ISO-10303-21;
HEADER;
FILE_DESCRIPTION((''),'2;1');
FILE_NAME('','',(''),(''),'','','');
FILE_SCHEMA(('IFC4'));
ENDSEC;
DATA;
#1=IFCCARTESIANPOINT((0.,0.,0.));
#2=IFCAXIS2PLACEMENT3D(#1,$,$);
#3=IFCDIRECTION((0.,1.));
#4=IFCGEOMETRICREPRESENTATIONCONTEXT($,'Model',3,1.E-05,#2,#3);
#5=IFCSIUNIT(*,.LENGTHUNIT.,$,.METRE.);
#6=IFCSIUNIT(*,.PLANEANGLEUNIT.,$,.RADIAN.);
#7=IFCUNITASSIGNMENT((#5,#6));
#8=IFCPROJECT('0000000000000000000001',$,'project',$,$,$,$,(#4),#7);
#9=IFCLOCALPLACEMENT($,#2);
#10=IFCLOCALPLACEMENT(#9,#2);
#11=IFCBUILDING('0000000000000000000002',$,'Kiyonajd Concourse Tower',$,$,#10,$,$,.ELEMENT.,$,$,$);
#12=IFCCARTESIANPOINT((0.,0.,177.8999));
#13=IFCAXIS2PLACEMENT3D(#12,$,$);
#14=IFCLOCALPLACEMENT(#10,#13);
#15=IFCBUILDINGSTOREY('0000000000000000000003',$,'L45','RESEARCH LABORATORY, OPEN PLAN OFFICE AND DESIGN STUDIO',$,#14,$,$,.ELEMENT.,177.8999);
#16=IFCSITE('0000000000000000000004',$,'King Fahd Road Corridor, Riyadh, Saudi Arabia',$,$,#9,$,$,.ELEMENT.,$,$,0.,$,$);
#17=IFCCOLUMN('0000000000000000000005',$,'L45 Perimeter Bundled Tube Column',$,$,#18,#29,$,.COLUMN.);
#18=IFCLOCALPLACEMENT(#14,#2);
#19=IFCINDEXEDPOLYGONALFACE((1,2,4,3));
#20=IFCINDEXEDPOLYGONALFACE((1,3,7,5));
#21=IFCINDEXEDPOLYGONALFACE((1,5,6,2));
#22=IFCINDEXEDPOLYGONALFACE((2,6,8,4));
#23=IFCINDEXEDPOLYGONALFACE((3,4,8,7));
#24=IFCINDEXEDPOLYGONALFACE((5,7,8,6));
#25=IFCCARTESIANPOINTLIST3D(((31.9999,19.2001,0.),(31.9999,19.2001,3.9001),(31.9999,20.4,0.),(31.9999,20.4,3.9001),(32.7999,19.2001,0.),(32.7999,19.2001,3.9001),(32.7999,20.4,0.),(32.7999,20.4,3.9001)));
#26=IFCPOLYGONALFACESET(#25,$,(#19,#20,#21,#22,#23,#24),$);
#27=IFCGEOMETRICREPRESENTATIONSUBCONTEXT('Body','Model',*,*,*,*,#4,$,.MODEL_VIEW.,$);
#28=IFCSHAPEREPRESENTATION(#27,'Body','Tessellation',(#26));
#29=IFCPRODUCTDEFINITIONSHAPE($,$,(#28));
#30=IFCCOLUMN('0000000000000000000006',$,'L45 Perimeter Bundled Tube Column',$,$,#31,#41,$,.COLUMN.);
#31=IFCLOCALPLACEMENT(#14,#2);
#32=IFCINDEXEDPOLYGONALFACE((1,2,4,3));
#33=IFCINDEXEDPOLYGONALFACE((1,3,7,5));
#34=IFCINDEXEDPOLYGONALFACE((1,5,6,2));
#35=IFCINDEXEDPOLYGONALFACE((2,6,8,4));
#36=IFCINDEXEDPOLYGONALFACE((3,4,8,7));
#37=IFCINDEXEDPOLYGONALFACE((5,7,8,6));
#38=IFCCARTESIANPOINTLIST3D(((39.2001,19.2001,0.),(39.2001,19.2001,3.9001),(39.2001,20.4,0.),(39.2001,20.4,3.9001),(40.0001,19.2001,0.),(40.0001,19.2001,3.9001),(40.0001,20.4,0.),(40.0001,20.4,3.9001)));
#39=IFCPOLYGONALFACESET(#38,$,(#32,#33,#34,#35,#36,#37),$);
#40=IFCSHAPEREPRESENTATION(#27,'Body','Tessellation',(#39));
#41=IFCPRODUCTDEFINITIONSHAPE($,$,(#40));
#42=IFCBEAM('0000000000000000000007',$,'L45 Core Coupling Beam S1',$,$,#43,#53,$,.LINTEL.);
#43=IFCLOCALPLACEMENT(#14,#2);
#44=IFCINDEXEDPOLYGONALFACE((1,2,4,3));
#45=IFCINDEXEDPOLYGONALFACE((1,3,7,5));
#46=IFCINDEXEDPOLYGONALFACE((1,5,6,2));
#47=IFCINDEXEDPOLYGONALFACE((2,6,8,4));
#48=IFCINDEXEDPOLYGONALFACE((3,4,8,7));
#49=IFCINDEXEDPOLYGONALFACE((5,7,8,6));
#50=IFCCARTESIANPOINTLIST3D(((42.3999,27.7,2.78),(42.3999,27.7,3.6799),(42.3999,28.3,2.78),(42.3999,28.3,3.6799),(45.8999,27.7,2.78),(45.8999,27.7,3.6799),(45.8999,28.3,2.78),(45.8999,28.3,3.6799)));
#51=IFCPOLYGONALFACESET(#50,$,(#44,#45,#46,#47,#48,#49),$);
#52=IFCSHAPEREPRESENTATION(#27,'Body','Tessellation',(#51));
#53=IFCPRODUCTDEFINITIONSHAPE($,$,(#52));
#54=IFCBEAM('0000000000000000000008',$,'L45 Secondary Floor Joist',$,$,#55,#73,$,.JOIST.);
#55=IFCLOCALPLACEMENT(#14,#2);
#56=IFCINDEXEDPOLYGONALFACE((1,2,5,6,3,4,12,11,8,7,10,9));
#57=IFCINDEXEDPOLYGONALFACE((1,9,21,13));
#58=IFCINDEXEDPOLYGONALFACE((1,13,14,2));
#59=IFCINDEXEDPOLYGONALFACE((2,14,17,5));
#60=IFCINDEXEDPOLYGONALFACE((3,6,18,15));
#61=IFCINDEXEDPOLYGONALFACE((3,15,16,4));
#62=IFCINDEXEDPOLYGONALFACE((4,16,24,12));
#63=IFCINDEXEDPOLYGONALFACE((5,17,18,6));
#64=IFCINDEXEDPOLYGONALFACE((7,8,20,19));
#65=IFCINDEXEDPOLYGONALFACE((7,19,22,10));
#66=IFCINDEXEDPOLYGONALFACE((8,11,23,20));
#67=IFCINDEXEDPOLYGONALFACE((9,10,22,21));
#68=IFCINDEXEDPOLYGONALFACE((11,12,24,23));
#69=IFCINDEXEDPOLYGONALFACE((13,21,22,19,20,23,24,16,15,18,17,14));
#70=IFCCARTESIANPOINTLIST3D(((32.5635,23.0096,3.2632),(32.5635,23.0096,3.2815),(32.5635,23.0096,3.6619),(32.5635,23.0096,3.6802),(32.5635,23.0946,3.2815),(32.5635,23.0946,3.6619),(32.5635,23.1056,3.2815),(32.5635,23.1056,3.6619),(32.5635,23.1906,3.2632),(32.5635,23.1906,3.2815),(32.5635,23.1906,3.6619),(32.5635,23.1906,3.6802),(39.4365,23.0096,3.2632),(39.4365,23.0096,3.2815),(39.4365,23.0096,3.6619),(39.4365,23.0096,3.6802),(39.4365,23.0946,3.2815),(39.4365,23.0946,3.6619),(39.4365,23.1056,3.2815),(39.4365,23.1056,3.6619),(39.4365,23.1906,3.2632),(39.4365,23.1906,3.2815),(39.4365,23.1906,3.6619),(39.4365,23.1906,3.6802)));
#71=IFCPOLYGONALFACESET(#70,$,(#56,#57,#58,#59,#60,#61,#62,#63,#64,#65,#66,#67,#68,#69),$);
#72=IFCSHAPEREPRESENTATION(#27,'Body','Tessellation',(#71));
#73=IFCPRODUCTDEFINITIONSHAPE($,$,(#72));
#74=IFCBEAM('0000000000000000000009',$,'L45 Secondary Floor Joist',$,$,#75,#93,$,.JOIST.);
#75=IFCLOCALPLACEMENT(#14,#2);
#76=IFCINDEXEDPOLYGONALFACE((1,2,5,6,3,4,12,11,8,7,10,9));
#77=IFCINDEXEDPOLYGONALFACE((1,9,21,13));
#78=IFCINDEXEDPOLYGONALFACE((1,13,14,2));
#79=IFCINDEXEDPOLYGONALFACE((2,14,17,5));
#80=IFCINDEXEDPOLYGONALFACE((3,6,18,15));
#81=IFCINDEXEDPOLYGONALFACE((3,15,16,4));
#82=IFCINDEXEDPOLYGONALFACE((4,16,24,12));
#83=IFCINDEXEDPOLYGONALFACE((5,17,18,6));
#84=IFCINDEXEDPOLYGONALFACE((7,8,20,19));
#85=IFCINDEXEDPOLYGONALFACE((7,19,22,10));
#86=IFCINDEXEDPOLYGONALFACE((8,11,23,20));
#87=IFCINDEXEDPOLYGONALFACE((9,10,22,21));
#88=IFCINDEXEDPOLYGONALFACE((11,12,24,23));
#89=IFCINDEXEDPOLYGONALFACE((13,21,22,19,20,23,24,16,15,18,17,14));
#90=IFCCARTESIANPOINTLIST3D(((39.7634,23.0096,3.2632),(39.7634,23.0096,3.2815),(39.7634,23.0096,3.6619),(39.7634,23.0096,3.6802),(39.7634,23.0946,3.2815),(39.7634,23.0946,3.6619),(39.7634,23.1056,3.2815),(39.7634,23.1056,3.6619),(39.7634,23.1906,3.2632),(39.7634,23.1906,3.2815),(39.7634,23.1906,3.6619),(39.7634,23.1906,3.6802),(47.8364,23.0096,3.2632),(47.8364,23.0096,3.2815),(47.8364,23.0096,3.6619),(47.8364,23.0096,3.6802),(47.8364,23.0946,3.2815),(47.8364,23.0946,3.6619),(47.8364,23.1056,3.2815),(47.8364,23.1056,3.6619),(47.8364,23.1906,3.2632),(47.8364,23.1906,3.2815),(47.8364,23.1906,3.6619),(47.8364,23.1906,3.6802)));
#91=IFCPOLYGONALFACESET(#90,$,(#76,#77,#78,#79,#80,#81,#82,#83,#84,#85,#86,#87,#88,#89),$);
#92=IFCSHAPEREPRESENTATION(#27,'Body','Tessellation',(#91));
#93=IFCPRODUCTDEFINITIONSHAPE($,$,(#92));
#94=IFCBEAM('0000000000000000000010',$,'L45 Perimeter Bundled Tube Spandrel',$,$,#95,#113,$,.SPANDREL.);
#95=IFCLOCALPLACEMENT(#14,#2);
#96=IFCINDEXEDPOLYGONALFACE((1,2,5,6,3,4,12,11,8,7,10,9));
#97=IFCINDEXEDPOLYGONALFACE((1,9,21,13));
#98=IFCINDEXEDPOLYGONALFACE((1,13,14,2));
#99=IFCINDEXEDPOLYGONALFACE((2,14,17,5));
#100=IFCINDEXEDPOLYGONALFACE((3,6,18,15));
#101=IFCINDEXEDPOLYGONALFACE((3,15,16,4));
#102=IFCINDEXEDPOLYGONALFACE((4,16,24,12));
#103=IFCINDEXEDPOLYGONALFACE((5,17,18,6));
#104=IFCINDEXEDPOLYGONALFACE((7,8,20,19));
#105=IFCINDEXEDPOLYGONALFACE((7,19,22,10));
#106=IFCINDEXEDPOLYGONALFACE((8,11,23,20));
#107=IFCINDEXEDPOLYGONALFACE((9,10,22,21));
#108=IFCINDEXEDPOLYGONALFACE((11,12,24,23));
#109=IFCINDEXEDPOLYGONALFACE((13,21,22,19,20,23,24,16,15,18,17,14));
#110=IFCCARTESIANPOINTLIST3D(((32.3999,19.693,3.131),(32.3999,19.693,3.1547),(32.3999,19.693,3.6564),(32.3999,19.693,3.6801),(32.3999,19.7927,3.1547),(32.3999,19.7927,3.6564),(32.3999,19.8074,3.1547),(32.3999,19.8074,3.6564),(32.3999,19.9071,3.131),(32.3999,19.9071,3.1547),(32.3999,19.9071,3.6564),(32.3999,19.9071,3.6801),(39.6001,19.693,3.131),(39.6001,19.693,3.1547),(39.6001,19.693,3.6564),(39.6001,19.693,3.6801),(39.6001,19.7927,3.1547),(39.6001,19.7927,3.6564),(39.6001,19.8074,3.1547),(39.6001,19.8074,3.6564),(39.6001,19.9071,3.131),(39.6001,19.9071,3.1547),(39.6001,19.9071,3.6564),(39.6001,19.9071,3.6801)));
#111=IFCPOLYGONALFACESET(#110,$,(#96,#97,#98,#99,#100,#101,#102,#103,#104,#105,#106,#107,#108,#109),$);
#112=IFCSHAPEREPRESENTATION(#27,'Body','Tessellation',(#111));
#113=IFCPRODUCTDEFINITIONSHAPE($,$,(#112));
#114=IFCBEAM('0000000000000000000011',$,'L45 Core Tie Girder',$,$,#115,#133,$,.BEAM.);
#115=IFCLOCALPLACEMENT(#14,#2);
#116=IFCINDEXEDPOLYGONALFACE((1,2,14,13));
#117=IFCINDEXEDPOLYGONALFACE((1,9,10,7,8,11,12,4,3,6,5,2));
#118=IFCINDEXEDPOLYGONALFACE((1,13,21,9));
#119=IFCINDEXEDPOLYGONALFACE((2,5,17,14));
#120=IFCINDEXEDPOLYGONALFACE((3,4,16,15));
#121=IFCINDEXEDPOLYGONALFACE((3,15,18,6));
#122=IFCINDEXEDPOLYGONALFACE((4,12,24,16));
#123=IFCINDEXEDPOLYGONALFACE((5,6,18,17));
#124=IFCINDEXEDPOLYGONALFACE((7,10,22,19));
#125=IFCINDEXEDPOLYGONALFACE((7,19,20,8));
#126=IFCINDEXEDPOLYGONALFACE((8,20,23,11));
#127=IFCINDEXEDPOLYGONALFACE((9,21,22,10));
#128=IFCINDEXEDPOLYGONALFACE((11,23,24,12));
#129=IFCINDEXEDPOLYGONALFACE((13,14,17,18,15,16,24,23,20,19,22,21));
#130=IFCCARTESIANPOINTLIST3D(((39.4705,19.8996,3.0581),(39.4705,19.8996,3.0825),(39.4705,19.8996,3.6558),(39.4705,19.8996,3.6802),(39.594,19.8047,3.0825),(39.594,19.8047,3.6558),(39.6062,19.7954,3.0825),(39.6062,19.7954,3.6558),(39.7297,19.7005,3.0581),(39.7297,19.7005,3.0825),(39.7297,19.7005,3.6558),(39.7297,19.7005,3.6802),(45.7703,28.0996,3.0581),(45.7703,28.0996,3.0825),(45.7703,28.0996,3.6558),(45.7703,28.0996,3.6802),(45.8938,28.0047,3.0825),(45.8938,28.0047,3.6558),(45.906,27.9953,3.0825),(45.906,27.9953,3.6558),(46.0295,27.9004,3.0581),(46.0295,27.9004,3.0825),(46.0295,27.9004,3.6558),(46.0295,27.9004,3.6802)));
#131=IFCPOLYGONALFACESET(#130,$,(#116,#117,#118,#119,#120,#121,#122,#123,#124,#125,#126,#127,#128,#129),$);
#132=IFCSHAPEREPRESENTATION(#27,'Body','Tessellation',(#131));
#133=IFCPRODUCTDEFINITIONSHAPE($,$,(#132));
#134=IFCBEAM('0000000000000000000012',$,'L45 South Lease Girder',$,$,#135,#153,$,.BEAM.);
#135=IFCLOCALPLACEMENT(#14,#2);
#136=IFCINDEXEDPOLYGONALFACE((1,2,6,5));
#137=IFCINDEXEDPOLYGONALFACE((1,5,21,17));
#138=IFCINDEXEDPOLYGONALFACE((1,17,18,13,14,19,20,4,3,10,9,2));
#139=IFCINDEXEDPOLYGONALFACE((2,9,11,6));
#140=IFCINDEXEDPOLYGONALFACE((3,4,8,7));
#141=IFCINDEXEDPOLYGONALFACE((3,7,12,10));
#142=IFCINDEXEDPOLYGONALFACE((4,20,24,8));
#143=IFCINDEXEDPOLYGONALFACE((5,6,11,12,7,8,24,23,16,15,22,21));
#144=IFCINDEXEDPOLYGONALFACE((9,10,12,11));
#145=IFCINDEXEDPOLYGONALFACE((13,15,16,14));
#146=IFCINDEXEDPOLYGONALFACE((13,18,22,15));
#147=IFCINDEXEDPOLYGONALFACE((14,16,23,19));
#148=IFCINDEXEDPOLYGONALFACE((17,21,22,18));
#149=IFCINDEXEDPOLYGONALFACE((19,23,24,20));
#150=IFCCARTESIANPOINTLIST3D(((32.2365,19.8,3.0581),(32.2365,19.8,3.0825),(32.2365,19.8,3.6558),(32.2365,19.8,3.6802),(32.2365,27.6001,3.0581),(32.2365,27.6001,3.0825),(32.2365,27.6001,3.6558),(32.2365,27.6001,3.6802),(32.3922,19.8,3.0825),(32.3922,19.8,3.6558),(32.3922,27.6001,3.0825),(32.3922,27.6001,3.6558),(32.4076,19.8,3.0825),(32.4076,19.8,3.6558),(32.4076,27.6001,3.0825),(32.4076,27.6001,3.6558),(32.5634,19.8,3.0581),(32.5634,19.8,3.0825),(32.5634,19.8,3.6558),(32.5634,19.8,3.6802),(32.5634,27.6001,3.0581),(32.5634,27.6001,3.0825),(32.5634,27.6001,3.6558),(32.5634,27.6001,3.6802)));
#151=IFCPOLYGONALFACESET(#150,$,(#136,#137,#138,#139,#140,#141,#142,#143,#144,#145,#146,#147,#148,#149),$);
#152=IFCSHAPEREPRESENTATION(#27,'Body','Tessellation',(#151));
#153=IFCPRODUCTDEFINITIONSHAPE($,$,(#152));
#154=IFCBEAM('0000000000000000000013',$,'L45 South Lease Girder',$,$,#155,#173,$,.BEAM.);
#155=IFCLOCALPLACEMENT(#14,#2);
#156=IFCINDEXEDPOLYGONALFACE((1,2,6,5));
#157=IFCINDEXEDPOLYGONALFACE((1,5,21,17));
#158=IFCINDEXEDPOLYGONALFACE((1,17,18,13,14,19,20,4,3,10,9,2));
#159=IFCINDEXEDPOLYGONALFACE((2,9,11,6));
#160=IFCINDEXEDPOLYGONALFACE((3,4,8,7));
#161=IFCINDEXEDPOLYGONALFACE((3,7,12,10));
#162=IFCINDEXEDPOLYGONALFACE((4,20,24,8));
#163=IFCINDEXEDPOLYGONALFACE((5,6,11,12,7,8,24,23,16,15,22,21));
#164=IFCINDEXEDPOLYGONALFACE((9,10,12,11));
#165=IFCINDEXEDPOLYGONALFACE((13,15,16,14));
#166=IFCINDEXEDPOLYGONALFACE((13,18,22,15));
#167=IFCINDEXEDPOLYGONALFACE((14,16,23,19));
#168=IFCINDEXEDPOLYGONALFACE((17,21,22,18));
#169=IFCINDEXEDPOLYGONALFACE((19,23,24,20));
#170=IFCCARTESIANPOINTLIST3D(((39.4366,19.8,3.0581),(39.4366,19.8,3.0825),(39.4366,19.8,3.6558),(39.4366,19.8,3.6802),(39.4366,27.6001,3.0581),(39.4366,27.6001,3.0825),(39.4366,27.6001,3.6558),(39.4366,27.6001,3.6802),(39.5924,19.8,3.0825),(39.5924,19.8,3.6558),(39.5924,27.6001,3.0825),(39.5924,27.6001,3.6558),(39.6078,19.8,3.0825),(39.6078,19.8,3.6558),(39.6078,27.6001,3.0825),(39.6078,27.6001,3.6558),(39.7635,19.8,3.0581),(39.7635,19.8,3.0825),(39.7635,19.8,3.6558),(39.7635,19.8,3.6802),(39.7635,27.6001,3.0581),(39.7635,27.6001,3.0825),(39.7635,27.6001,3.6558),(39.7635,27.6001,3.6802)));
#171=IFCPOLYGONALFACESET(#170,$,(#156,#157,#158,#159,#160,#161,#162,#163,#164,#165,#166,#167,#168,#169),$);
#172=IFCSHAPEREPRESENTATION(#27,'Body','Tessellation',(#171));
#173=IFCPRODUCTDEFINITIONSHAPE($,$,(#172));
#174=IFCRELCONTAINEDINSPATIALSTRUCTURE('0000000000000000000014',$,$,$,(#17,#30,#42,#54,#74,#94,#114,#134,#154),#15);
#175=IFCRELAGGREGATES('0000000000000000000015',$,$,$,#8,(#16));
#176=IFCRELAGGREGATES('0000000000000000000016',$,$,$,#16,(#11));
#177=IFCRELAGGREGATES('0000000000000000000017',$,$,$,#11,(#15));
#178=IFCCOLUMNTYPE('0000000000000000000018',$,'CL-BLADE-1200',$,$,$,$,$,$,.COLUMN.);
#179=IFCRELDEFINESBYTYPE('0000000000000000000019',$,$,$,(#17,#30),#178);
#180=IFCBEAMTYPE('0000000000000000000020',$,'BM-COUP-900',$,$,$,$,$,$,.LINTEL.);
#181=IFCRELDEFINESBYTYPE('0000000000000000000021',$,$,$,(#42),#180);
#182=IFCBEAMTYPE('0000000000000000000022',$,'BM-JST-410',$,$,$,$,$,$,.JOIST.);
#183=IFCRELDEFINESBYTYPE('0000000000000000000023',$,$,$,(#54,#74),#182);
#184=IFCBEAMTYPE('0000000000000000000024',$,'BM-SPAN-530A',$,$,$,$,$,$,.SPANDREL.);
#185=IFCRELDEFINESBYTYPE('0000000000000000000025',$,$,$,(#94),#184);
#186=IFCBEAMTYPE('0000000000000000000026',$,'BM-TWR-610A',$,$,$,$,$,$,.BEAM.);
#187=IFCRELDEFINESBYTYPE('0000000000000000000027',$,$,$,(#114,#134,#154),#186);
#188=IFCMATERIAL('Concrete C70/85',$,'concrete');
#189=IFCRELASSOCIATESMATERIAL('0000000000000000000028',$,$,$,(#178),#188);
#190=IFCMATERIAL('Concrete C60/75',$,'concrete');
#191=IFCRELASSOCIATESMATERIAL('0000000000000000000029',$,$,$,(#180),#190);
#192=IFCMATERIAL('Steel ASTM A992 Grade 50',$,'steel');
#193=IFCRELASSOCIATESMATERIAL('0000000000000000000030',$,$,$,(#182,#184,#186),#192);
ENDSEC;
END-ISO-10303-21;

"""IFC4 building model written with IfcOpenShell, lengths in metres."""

from ifc_helpers import new_model, si_unit, direction, frame, origin, origin_2d, place, context, subcontext, project, spatial, rectangle, i_section, extrude, material, material_profile, profile_set, type_object, element, save


model = new_model("IFC4")

# Units and contexts
model_context = context("Model", 3, precision=1e-05, world=origin(), true_north=direction((0.0, 1.0)))
body_context = subcontext(model_context, "Body", "Model", "MODEL_VIEW")
ifc_project = project(units=[si_unit("LENGTHUNIT", "METRE"), si_unit("PLANEANGLEUNIT", "RADIAN")], contexts=[model_context])

# Site, building, storey
site_placement = place(None, origin())
site = spatial("IfcSite", under=ifc_project, at=site_placement, Name="King Fahd Road Corridor, Riyadh, Saudi Arabia", CompositionType="ELEMENT", RefElevation=0.0)
building_placement = place(site_placement, origin())
building = spatial("IfcBuilding", under=site, at=building_placement, Name="Kiyonajd Concourse Tower", CompositionType="ELEMENT")
storey_placement = place(building_placement, frame((0.0, 0.0, 177.8999)))
storey = spatial("IfcBuildingStorey", under=building, at=storey_placement, Name="L45", Description="RESEARCH LABORATORY, OPEN PLAN OFFICE AND DESIGN STUDIO", CompositionType="ELEMENT", Elevation=177.8999)

# Columns
ifc_material_1 = material(Name="Concrete C70/85", Category="concrete")
ifc_material_profile_1 = material_profile(ifc_material_1, rectangle(XDim=0.8, YDim=1.2, at=origin_2d()), Name="RC-1200x800")
ifc_profile_set_1 = profile_set([ifc_material_profile_1], Name="Concrete C70/85")
column_type = type_object("IfcColumnType", Name="CL-BLADE-1200", PredefinedType="COLUMN", material=ifc_profile_set_1)
for number, where, z_axis, x_axis, name in (
    (1, (32.3999, 19.8, 0.0), (0.0, 0.0, 1.0), (1.0, 0.0, 0.0), "L45 Perimeter Bundled Tube Column"),
    (2, (39.6001, 19.8, 0.0), (0.0, 0.0, 1.0), (1.0, 0.0, 0.0), "L45 Perimeter Bundled Tube Column"),
):
    element("IfcColumn", number, at=place(storey_placement, frame(where, z_axis=z_axis, x_axis=x_axis)), inside=storey, type_object=column_type, Name=name, PredefinedType="COLUMN", context=body_context, shape_type="SweptSolid", body=[
        extrude(rectangle(XDim=0.8, YDim=1.2, at=origin_2d()), origin(), (0.0, 0.0, 1.0), 3.9001),
    ])

# Beams
ifc_material_2 = material(Name="Concrete C60/75", Category="concrete")
ifc_material_profile_2 = material_profile(ifc_material_2, rectangle(XDim=0.6001, YDim=0.8999, at=origin_2d()), Name="RCBM-600x900")
ifc_profile_set_2 = profile_set([ifc_material_profile_2], Name="Concrete C60/75")
beam_type_1 = type_object("IfcBeamType", Name="BM-COUP-900", PredefinedType="LINTEL", material=ifc_profile_set_2)
beam_1_placement = place(storey_placement, frame((42.3999, 28.0, 3.23), z_axis=(1.0, 0.0, 0.0), x_axis=(0.0, 1.0, 0.0)))
element("IfcBeam", 3, at=beam_1_placement, inside=storey, type_object=beam_type_1, Name="L45 Core Coupling Beam S1", PredefinedType="LINTEL", context=body_context, shape_type="SweptSolid", body=[
    extrude(rectangle(XDim=0.6001, YDim=0.8999, at=origin_2d()), origin(), (0.0, 0.0, 1.0), 3.5),
])
ifc_material_3 = material(Name="Steel ASTM A992 Grade 50", Category="steel")
ifc_material_profile_3 = material_profile(ifc_material_3, i_section(OverallWidth=0.1809, OverallDepth=0.417, WebThickness=0.011, FlangeThickness=0.0183, at=origin_2d()), Name="W410X85")
ifc_profile_set_3 = profile_set([ifc_material_profile_3], Name="Steel ASTM A992 Grade 50")
beam_type_2 = type_object("IfcBeamType", Name="BM-JST-410", PredefinedType="JOIST", material=ifc_profile_set_3)
beam_2_placement = place(storey_placement, frame((32.5635, 23.1001, 3.4717), z_axis=(1.0, 0.0, 0.0), x_axis=(0.0, 1.0, 0.0)))
element("IfcBeam", 4, at=beam_2_placement, inside=storey, type_object=beam_type_2, Name="L45 Secondary Floor Joist", PredefinedType="JOIST", context=body_context, shape_type="SweptSolid", body=[
    extrude(i_section(OverallWidth=0.1809, OverallDepth=0.417, WebThickness=0.011, FlangeThickness=0.0183, at=origin_2d()), origin(), (0.0, 0.0, 1.0), 6.873),
])
beam_3_placement = place(storey_placement, frame((39.7634, 23.1001, 3.4717), z_axis=(1.0, 0.0, 0.0), x_axis=(0.0, 1.0, 0.0)))
element("IfcBeam", 5, at=beam_3_placement, inside=storey, type_object=beam_type_2, Name="L45 Secondary Floor Joist", PredefinedType="JOIST", context=body_context, shape_type="SweptSolid", body=[
    extrude(i_section(OverallWidth=0.1809, OverallDepth=0.417, WebThickness=0.011, FlangeThickness=0.0183, at=origin_2d()), origin(), (0.0, 0.0, 1.0), 8.073),
])
ifc_material_profile_4 = material_profile(ifc_material_3, i_section(OverallWidth=0.2141, OverallDepth=0.5491, WebThickness=0.0146, FlangeThickness=0.0237, at=origin_2d()), Name="W530X138")
ifc_profile_set_4 = profile_set([ifc_material_profile_4], Name="Steel ASTM A992 Grade 50")
beam_type_3 = type_object("IfcBeamType", Name="BM-SPAN-530A", PredefinedType="SPANDREL", material=ifc_profile_set_4)
beam_4_placement = place(storey_placement, frame((32.3999, 19.8, 3.4055), z_axis=(1.0, 0.0, 0.0), x_axis=(0.0, 1.0, 0.0)))
element("IfcBeam", 6, at=beam_4_placement, inside=storey, type_object=beam_type_3, Name="L45 Perimeter Bundled Tube Spandrel", PredefinedType="SPANDREL", context=body_context, shape_type="SweptSolid", body=[
    extrude(i_section(OverallWidth=0.2141, OverallDepth=0.5491, WebThickness=0.0146, FlangeThickness=0.0237, at=origin_2d()), origin(), (0.0, 0.0, 1.0), 7.2002),
])
ifc_material_profile_5 = material_profile(ifc_material_3, i_section(OverallWidth=0.3269, OverallDepth=0.6221, WebThickness=0.0154, FlangeThickness=0.0244, at=origin_2d()), Name="W610X195")
ifc_profile_set_5 = profile_set([ifc_material_profile_5], Name="Steel ASTM A992 Grade 50")
beam_type_4 = type_object("IfcBeamType", Name="BM-TWR-610A", PredefinedType="BEAM", material=ifc_profile_set_5)
beam_5_placement = place(storey_placement, frame((39.6001, 19.8, 3.3691), z_axis=(0.609234, 0.792991, 0.0), x_axis=(-0.792991, 0.609234, 0.0)))
element("IfcBeam", 7, at=beam_5_placement, inside=storey, type_object=beam_type_4, Name="L45 Core Tie Girder", PredefinedType="BEAM", context=body_context, shape_type="SweptSolid", body=[
    extrude(i_section(OverallWidth=0.3269, OverallDepth=0.6221, WebThickness=0.0154, FlangeThickness=0.0244, at=origin_2d()), origin(), (0.0, 0.0, 1.0), 10.3406),
])
for number, where, z_axis, x_axis, name in (
    (8, (32.3999, 19.8, 3.3691), (0.0, 1.0, 0.0), (-1.0, 0.0, 0.0), "L45 South Lease Girder"),
    (9, (39.6001, 19.8, 3.3691), (0.0, 1.0, 0.0), (-1.0, 0.0, 0.0), "L45 South Lease Girder"),
):
    element("IfcBeam", number, at=place(storey_placement, frame(where, z_axis=z_axis, x_axis=x_axis)), inside=storey, type_object=beam_type_4, Name=name, PredefinedType="BEAM", context=body_context, shape_type="SweptSolid", body=[
        extrude(i_section(OverallWidth=0.3269, OverallDepth=0.6221, WebThickness=0.0154, FlangeThickness=0.0244, at=origin_2d()), origin(), (0.0, 0.0, 1.0), 7.8),
    ])

save(model, "model.ifc")
